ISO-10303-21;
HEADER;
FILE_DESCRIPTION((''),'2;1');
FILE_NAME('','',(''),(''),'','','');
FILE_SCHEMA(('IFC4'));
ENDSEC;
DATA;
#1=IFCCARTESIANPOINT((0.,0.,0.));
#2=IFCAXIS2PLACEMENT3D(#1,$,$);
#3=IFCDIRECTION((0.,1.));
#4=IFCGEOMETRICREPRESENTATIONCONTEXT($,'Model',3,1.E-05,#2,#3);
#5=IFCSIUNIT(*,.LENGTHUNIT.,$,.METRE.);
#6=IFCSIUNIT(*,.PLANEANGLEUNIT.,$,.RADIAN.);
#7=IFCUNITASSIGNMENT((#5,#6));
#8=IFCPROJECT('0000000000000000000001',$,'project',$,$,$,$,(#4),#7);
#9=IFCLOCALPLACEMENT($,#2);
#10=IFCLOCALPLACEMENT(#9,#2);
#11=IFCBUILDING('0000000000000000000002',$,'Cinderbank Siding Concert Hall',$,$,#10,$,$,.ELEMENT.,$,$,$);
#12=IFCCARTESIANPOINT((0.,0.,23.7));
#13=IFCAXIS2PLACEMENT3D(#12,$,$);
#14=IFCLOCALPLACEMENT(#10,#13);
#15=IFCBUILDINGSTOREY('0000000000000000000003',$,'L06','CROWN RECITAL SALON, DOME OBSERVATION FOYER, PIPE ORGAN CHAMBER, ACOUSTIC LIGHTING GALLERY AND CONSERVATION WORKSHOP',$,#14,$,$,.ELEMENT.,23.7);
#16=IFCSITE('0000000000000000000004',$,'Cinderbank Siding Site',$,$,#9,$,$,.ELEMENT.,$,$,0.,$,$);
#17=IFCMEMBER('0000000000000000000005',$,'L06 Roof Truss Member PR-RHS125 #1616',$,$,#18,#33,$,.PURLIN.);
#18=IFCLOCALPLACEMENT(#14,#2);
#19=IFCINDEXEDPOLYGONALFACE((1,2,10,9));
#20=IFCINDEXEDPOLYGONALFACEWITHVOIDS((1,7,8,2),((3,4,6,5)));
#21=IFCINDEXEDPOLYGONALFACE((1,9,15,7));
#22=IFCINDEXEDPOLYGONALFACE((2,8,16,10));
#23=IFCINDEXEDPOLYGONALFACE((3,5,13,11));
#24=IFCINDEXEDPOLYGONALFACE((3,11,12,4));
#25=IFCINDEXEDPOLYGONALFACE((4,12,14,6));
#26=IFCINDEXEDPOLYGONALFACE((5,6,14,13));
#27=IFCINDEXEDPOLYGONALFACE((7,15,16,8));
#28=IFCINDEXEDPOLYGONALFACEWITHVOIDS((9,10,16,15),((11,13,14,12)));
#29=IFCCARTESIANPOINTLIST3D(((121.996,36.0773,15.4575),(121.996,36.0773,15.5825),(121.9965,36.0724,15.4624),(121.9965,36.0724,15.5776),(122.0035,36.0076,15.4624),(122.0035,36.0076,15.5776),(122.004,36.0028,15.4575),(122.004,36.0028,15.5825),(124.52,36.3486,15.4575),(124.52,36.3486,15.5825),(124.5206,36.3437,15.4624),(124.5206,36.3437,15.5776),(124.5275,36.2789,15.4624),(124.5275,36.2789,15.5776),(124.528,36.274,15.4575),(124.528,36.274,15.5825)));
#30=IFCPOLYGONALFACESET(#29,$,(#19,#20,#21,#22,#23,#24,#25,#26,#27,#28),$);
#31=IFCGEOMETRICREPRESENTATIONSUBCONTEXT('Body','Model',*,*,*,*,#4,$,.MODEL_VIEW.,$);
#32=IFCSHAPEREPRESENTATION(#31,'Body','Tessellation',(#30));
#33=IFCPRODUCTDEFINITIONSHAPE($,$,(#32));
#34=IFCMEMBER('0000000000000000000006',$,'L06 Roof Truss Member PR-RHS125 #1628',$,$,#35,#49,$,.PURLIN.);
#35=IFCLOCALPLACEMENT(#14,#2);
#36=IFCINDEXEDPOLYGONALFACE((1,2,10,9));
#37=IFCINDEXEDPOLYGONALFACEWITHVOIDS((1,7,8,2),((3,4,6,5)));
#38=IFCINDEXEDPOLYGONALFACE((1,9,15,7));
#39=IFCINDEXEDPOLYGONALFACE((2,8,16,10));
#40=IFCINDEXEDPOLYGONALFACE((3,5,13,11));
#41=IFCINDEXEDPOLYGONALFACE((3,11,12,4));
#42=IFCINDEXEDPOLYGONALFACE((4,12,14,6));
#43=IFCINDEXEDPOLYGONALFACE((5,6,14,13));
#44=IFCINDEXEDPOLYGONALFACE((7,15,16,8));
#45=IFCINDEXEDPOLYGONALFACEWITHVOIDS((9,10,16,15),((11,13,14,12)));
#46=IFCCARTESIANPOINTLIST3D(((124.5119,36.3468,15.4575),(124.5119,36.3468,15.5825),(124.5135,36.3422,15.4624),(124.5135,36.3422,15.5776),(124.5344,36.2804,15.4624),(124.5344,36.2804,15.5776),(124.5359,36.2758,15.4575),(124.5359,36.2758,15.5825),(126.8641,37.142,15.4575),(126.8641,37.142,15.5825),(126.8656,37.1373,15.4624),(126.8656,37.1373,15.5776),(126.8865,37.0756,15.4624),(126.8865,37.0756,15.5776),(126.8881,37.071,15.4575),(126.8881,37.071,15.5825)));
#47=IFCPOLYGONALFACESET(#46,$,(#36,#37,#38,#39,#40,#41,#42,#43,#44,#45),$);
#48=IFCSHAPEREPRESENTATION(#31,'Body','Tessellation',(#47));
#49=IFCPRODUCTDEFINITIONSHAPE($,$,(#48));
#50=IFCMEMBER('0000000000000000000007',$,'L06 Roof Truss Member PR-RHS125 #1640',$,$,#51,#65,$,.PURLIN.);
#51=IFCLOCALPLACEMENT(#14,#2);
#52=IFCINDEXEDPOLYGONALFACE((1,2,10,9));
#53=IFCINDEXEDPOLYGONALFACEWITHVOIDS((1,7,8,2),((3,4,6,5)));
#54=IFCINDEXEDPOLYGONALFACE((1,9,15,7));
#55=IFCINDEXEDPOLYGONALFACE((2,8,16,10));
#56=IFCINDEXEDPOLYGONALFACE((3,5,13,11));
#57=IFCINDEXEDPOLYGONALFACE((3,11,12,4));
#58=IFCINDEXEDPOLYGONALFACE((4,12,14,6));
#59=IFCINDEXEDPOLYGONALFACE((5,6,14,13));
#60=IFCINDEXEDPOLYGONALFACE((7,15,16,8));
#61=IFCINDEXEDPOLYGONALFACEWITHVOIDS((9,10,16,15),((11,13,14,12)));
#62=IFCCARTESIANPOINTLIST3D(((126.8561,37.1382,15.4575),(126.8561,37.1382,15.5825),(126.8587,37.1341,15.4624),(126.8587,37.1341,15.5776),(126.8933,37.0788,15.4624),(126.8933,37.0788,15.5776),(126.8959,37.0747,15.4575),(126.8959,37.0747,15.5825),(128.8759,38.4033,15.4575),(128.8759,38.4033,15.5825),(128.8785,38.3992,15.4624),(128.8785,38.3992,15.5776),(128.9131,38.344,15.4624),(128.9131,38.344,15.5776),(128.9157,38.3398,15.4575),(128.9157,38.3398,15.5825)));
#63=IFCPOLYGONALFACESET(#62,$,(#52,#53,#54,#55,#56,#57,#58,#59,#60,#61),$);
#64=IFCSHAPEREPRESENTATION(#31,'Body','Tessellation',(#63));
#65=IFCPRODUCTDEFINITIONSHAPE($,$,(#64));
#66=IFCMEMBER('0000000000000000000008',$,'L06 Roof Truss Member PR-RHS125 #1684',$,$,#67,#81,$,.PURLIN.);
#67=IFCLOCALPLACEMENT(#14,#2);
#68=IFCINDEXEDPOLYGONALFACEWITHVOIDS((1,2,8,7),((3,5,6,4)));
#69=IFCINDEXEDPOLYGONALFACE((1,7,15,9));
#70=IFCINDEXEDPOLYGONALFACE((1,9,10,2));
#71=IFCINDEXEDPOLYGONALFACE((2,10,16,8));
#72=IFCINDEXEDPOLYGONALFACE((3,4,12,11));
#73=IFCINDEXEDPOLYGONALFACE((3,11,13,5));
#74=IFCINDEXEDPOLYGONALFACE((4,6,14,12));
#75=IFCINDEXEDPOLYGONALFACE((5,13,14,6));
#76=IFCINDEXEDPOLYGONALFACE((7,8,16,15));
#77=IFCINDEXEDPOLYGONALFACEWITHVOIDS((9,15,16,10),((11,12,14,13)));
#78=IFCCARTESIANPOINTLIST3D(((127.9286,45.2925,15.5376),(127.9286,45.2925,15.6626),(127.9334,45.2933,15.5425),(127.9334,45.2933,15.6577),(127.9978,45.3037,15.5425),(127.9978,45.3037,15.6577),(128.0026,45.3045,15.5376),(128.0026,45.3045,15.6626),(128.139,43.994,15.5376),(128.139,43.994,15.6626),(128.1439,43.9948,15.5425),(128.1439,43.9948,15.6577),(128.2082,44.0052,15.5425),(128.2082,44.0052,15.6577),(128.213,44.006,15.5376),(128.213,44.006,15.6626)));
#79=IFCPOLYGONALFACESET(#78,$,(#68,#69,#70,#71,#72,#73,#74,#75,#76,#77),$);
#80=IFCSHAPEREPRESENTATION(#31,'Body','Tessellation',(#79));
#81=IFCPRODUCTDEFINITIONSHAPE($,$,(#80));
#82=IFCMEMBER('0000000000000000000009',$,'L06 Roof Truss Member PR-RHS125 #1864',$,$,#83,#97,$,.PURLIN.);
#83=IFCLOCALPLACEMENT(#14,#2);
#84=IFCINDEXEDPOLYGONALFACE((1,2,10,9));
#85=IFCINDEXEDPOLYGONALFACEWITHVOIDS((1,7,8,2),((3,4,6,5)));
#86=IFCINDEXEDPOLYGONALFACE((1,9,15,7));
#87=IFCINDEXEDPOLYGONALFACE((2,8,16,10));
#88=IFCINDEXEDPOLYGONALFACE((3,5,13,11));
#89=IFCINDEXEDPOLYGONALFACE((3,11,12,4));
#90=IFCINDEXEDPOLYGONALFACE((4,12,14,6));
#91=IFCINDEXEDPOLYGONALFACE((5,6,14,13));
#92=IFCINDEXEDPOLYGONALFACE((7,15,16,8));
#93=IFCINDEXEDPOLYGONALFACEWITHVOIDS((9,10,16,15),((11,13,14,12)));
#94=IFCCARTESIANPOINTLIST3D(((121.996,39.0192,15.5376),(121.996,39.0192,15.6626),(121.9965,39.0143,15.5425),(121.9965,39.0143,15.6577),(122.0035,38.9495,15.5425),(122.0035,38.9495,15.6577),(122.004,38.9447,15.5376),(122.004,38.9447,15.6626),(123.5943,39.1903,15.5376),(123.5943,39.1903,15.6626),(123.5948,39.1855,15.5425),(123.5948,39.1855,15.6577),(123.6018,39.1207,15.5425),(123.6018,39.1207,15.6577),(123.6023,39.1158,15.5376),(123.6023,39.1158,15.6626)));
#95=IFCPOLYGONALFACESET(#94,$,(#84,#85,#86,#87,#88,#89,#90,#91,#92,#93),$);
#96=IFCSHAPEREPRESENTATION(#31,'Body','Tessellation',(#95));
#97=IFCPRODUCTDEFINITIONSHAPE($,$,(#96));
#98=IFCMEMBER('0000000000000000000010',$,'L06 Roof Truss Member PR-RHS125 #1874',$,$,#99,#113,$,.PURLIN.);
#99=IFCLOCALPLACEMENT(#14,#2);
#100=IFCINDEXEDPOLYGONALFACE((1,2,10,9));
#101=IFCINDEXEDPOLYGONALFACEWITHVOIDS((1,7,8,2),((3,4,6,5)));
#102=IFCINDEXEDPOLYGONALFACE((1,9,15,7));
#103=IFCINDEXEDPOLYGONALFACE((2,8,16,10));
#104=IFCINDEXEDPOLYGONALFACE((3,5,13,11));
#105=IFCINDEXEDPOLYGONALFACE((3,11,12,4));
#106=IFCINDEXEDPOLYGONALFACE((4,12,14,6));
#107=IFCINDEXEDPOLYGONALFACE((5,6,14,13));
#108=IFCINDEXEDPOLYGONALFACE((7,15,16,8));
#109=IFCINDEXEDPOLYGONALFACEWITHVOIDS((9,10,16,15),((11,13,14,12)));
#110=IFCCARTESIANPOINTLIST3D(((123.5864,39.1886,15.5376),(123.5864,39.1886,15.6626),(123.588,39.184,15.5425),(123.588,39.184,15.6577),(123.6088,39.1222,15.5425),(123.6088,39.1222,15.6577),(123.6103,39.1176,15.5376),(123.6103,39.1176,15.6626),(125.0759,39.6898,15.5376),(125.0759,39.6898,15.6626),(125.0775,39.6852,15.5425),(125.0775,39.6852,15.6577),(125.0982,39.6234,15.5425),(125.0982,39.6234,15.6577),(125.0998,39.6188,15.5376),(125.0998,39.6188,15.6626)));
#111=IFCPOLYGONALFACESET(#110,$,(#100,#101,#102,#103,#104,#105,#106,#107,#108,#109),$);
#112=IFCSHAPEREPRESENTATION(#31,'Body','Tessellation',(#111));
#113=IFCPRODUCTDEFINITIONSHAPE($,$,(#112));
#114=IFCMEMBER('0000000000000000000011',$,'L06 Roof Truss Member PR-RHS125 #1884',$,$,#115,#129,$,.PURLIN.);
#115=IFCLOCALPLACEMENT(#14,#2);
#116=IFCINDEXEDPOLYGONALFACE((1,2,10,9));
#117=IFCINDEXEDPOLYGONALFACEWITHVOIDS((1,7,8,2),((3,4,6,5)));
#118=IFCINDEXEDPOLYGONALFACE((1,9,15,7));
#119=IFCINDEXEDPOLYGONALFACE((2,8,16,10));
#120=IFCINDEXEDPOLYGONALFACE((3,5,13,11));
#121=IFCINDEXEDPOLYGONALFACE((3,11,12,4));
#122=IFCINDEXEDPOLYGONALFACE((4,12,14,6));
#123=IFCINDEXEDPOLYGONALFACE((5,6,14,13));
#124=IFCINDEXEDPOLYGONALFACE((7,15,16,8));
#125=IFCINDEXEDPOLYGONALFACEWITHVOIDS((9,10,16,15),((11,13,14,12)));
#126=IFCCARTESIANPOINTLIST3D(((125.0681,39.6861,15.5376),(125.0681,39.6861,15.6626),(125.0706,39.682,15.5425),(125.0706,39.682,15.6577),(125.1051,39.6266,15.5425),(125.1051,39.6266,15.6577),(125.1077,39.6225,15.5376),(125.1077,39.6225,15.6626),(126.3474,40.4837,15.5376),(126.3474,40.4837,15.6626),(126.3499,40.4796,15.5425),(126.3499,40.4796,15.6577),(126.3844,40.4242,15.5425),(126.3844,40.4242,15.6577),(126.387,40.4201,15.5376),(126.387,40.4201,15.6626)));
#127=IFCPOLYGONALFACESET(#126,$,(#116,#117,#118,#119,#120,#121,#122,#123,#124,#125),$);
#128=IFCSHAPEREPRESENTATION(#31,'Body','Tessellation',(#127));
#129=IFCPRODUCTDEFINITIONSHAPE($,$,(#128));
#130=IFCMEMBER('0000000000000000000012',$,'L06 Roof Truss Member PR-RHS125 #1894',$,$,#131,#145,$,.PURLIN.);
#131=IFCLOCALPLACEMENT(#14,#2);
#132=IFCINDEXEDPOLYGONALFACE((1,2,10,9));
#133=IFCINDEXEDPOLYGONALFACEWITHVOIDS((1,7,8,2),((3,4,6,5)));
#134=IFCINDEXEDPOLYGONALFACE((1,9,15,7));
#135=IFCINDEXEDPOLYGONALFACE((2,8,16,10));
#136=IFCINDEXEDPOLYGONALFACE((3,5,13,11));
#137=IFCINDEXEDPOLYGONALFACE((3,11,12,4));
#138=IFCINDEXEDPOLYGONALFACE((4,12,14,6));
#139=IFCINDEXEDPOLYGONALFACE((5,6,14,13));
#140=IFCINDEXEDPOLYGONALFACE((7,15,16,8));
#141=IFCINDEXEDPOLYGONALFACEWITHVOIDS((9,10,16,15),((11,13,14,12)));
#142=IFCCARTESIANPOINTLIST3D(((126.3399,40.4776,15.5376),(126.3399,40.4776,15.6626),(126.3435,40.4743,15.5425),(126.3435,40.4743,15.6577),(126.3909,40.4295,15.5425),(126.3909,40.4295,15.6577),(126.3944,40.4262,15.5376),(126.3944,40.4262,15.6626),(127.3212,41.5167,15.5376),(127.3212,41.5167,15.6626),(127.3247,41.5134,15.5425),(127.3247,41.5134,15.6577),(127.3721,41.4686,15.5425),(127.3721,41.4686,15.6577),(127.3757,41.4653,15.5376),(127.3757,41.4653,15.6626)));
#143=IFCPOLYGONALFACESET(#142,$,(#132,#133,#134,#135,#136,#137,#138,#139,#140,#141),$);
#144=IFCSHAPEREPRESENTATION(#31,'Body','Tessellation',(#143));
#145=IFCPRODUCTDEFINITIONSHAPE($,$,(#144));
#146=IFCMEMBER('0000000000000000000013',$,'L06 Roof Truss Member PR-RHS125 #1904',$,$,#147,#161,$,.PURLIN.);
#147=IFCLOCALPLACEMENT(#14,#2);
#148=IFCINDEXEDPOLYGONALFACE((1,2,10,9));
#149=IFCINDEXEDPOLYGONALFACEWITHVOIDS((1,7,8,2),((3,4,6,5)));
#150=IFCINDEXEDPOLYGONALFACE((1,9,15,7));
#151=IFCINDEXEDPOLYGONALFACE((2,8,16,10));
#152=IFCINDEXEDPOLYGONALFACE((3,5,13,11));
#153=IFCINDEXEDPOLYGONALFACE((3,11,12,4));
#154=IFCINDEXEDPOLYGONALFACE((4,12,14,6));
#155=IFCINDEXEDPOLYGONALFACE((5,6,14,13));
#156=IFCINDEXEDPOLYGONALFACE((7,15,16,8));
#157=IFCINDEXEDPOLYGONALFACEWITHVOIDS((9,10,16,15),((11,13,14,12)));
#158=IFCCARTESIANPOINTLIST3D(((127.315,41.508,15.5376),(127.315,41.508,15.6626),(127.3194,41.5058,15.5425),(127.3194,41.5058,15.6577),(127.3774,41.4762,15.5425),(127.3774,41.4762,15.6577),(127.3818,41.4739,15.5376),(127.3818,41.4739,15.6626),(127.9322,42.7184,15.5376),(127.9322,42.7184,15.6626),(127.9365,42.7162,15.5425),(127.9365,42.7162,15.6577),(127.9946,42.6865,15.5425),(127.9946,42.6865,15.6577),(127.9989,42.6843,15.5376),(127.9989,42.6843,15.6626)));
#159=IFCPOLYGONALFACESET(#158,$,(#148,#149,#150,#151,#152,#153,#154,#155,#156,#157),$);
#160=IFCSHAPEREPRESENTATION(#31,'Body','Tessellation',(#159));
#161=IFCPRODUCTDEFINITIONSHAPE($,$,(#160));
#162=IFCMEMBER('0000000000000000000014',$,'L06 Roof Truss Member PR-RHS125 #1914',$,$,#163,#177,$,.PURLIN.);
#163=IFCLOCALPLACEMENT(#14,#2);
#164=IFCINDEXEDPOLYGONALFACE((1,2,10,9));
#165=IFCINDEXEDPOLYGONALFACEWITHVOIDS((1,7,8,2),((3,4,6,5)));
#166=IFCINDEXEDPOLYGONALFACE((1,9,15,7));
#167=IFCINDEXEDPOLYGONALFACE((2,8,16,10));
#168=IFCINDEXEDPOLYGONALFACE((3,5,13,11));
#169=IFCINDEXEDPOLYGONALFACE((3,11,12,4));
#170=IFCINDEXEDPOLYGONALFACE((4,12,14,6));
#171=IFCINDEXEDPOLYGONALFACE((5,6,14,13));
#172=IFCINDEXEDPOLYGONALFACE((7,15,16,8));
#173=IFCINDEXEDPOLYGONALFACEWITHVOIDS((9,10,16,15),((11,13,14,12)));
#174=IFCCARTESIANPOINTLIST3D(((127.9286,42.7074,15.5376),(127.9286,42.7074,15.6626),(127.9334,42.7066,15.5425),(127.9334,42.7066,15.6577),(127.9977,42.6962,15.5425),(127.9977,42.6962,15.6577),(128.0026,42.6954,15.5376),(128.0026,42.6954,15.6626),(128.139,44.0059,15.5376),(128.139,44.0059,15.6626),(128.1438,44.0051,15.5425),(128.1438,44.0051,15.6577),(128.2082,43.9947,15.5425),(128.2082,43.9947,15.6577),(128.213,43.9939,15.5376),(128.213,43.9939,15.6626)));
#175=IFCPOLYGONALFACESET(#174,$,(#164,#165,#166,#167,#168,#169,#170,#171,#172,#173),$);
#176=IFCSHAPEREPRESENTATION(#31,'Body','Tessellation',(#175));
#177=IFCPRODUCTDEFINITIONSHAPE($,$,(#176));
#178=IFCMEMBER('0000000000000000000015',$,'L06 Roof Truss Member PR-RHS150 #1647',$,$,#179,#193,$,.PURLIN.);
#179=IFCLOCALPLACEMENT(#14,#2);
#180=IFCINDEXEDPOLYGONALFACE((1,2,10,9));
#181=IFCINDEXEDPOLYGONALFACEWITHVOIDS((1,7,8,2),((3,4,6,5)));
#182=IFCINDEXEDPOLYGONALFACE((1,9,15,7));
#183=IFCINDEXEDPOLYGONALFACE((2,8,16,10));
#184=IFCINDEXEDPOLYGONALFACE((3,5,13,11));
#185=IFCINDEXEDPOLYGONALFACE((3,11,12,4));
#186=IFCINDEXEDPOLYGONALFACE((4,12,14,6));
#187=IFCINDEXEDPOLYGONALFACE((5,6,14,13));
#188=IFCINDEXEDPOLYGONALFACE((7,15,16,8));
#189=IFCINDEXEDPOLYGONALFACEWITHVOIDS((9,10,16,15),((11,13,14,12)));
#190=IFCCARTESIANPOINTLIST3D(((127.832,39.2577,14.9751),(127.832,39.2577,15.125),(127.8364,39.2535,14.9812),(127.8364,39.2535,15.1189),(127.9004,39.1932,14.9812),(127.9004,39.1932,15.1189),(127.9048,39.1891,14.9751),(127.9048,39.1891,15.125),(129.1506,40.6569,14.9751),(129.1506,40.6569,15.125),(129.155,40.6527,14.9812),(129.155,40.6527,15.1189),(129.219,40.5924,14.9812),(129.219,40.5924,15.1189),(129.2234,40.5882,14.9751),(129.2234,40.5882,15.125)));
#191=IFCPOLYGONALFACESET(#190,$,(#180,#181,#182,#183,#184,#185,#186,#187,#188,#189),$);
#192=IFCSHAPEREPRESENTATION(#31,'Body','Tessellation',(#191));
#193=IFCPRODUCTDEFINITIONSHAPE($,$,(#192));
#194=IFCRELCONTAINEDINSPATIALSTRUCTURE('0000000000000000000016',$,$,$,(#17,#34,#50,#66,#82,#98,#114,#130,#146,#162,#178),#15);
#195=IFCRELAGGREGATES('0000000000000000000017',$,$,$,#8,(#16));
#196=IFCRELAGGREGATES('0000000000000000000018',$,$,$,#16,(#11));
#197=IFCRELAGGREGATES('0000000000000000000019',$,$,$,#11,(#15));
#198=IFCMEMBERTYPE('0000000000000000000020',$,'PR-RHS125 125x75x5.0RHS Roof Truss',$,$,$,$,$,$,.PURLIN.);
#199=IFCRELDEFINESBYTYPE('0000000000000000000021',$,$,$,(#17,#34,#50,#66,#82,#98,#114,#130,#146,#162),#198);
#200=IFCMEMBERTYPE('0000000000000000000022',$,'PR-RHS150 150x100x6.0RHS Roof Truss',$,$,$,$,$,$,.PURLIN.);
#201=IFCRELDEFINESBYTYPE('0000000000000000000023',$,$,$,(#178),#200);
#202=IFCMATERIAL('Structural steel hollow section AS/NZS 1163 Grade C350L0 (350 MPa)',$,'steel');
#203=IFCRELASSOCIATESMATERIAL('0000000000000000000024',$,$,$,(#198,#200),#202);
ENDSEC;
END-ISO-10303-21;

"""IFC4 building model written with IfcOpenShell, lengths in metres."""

from ifc_helpers import new_model, si_unit, direction, frame, origin, origin_2d, place, context, subcontext, project, spatial, hollow_rectangle, extrude, material, material_profile, profile_set, type_object, element, save


model = new_model("IFC4")

# Units and contexts
model_context = context("Model", 3, precision=1e-05, world=origin(), true_north=direction((0.0, 1.0)))
body_context = subcontext(model_context, "Body", "Model", "MODEL_VIEW")
ifc_project = project(units=[si_unit("LENGTHUNIT", "METRE"), si_unit("PLANEANGLEUNIT", "RADIAN")], contexts=[model_context])

# Site, building, storey
site_placement = place(None, origin())
site = spatial("IfcSite", under=ifc_project, at=site_placement, Name="Cinderbank Siding Site", CompositionType="ELEMENT", RefElevation=0.0)
building_placement = place(site_placement, origin())
building = spatial("IfcBuilding", under=site, at=building_placement, Name="Cinderbank Siding Concert Hall", CompositionType="ELEMENT")
storey_placement = place(building_placement, frame((0.0, 0.0, 23.7)))
storey = spatial("IfcBuildingStorey", under=building, at=storey_placement, Name="L06", Description="CROWN RECITAL SALON, DOME OBSERVATION FOYER, PIPE ORGAN CHAMBER, ACOUSTIC LIGHTING GALLERY AND CONSERVATION WORKSHOP", CompositionType="ELEMENT", Elevation=23.7)

# Members
ifc_material_1 = material(Name="Structural steel hollow section AS/NZS 1163 Grade C350L0 (350 MPa)", Category="steel")
ifc_material_profile_1 = material_profile(ifc_material_1, hollow_rectangle(XDim=0.075, YDim=0.125, WallThickness=0.0049, at=origin_2d()), Name="125x75x5.0RHS", Category="LoadBearing")
ifc_profile_set_1 = profile_set([ifc_material_profile_1], Name="Structural steel hollow section AS/NZS 1163 Grade C350L0 (350 MPa)")
member_type_1 = type_object("IfcMemberType", Name="PR-RHS125 125x75x5.0RHS Roof Truss", PredefinedType="PURLIN", material=ifc_profile_set_1)
member_1_placement = place(storey_placement, frame((122.0, 36.04, 15.52), z_axis=(0.994275, 0.106852, 0.0), x_axis=(-0.106852, 0.994275, 0.0)))
element("IfcMember", 1, at=member_1_placement, inside=storey, type_object=member_type_1, Name="L06 Roof Truss Member PR-RHS125 #1616", PredefinedType="PURLIN", context=body_context, shape_type="SweptSolid", body=[
    extrude(hollow_rectangle(XDim=0.075, YDim=0.125, WallThickness=0.0049, at=origin_2d()), origin(), (0.0, 0.0, 1.0), 2.5386),
])
member_2_placement = place(storey_placement, frame((124.5239, 36.3113, 15.52), z_axis=(0.947328, 0.320266, 0.0), x_axis=(-0.320266, 0.947328, 0.0)))
element("IfcMember", 2, at=member_2_placement, inside=storey, type_object=member_type_1, Name="L06 Roof Truss Member PR-RHS125 #1628", PredefinedType="PURLIN", context=body_context, shape_type="SweptSolid", body=[
    extrude(hollow_rectangle(XDim=0.075, YDim=0.125, WallThickness=0.0049, at=origin_2d()), origin(), (0.0, 0.0, 1.0), 2.4829),
])
member_3_placement = place(storey_placement, frame((126.876, 37.1064, 15.52), z_axis=(0.847474, 0.530837, 0.0), x_axis=(-0.530837, 0.847474, 0.0)))
element("IfcMember", 3, at=member_3_placement, inside=storey, type_object=member_type_1, Name="L06 Roof Truss Member PR-RHS125 #1640", PredefinedType="PURLIN", context=body_context, shape_type="SweptSolid", body=[
    extrude(hollow_rectangle(XDim=0.075, YDim=0.125, WallThickness=0.0049, at=origin_2d()), origin(), (0.0, 0.0, 1.0), 2.3833),
])
member_4_placement = place(storey_placement, frame((128.176, 44.0, 15.6001), z_axis=(-0.159973, 0.987121, 0.0), x_axis=(-0.987121, -0.159973, 0.0)))
element("IfcMember", 4, at=member_4_placement, inside=storey, type_object=member_type_1, Name="L06 Roof Truss Member PR-RHS125 #1684", PredefinedType="PURLIN", context=body_context, shape_type="SweptSolid", body=[
    extrude(hollow_rectangle(XDim=0.075, YDim=0.125, WallThickness=0.0049, at=origin_2d()), origin(), (0.0, 0.0, 1.0), 1.3154),
])
member_5_placement = place(storey_placement, frame((122.0, 38.9819, 15.6001), z_axis=(0.994317, 0.106463, 0.0), x_axis=(-0.106463, 0.994317, 0.0)))
element("IfcMember", 5, at=member_5_placement, inside=storey, type_object=member_type_1, Name="L06 Roof Truss Member PR-RHS125 #1864", PredefinedType="PURLIN", context=body_context, shape_type="SweptSolid", body=[
    extrude(hollow_rectangle(XDim=0.075, YDim=0.125, WallThickness=0.0049, at=origin_2d()), origin(), (0.0, 0.0, 1.0), 1.6074),
])
member_6_placement = place(storey_placement, frame((123.5984, 39.1531, 15.6001), z_axis=(0.947778, 0.31893, 0.0), x_axis=(-0.31893, 0.947778, 0.0)))
element("IfcMember", 6, at=member_6_placement, inside=storey, type_object=member_type_1, Name="L06 Roof Truss Member PR-RHS125 #1874", PredefinedType="PURLIN", context=body_context, shape_type="SweptSolid", body=[
    extrude(hollow_rectangle(XDim=0.075, YDim=0.125, WallThickness=0.0049, at=origin_2d()), origin(), (0.0, 0.0, 1.0), 1.5715),
])
member_7_placement = place(storey_placement, frame((125.0879, 39.6543, 15.6001), z_axis=(0.84858, 0.529067, 0.0), x_axis=(-0.529067, 0.84858, 0.0)))
element("IfcMember", 7, at=member_7_placement, inside=storey, type_object=member_type_1, Name="L06 Roof Truss Member PR-RHS125 #1884", PredefinedType="PURLIN", context=body_context, shape_type="SweptSolid", body=[
    extrude(hollow_rectangle(XDim=0.075, YDim=0.125, WallThickness=0.0049, at=origin_2d()), origin(), (0.0, 0.0, 1.0), 1.5076),
])
member_8_placement = place(storey_placement, frame((126.3672, 40.4519, 15.6001), z_axis=(0.686573, 0.727061, 0.0), x_axis=(-0.727061, 0.686573, 0.0)))
element("IfcMember", 8, at=member_8_placement, inside=storey, type_object=member_type_1, Name="L06 Roof Truss Member PR-RHS125 #1894", PredefinedType="PURLIN", context=body_context, shape_type="SweptSolid", body=[
    extrude(hollow_rectangle(XDim=0.075, YDim=0.125, WallThickness=0.0049, at=origin_2d()), origin(), (0.0, 0.0, 1.0), 1.4292),
])
member_9_placement = place(storey_placement, frame((127.3484, 41.491, 15.6001), z_axis=(0.454243, 0.890878, 0.0), x_axis=(-0.890878, 0.454243, 0.0)))
element("IfcMember", 9, at=member_9_placement, inside=storey, type_object=member_type_1, Name="L06 Roof Truss Member PR-RHS125 #1904", PredefinedType="PURLIN", context=body_context, shape_type="SweptSolid", body=[
    extrude(hollow_rectangle(XDim=0.075, YDim=0.125, WallThickness=0.0049, at=origin_2d()), origin(), (0.0, 0.0, 1.0), 1.3586),
])
member_10_placement = place(storey_placement, frame((127.9656, 42.7014, 15.6001), z_axis=(0.159973, 0.987121, 0.0), x_axis=(-0.987121, 0.159973, 0.0)))
element("IfcMember", 10, at=member_10_placement, inside=storey, type_object=member_type_1, Name="L06 Roof Truss Member PR-RHS125 #1914", PredefinedType="PURLIN", context=body_context, shape_type="SweptSolid", body=[
    extrude(hollow_rectangle(XDim=0.075, YDim=0.125, WallThickness=0.0049, at=origin_2d()), origin(), (0.0, 0.0, 1.0), 1.3154),
])
ifc_material_profile_2 = material_profile(ifc_material_1, hollow_rectangle(XDim=0.1001, YDim=0.1499, WallThickness=0.0061, at=origin_2d()), Name="150x100x6.0RHS", Category="LoadBearing")
ifc_profile_set_2 = profile_set([ifc_material_profile_2], Name="Structural steel hollow section AS/NZS 1163 Grade C350L0 (350 MPa)")
member_type_2 = type_object("IfcMemberType", Name="PR-RHS150 150x100x6.0RHS Roof Truss", PredefinedType="PURLIN", material=ifc_profile_set_2)
member_11_placement = place(storey_placement, frame((127.8684, 39.2234, 15.05), z_axis=(0.685844, 0.727749, 0.0), x_axis=(-0.727749, 0.685844, 0.0)))
element("IfcMember", 11, at=member_11_placement, inside=storey, type_object=member_type_2, Name="L06 Roof Truss Member PR-RHS150 #1647", PredefinedType="PURLIN", context=body_context, shape_type="SweptSolid", body=[
    extrude(hollow_rectangle(XDim=0.1001, YDim=0.1499, WallThickness=0.0061, at=origin_2d()), origin(), (0.0, 0.0, 1.0), 1.9226),
])

save(model, "model.ifc")
